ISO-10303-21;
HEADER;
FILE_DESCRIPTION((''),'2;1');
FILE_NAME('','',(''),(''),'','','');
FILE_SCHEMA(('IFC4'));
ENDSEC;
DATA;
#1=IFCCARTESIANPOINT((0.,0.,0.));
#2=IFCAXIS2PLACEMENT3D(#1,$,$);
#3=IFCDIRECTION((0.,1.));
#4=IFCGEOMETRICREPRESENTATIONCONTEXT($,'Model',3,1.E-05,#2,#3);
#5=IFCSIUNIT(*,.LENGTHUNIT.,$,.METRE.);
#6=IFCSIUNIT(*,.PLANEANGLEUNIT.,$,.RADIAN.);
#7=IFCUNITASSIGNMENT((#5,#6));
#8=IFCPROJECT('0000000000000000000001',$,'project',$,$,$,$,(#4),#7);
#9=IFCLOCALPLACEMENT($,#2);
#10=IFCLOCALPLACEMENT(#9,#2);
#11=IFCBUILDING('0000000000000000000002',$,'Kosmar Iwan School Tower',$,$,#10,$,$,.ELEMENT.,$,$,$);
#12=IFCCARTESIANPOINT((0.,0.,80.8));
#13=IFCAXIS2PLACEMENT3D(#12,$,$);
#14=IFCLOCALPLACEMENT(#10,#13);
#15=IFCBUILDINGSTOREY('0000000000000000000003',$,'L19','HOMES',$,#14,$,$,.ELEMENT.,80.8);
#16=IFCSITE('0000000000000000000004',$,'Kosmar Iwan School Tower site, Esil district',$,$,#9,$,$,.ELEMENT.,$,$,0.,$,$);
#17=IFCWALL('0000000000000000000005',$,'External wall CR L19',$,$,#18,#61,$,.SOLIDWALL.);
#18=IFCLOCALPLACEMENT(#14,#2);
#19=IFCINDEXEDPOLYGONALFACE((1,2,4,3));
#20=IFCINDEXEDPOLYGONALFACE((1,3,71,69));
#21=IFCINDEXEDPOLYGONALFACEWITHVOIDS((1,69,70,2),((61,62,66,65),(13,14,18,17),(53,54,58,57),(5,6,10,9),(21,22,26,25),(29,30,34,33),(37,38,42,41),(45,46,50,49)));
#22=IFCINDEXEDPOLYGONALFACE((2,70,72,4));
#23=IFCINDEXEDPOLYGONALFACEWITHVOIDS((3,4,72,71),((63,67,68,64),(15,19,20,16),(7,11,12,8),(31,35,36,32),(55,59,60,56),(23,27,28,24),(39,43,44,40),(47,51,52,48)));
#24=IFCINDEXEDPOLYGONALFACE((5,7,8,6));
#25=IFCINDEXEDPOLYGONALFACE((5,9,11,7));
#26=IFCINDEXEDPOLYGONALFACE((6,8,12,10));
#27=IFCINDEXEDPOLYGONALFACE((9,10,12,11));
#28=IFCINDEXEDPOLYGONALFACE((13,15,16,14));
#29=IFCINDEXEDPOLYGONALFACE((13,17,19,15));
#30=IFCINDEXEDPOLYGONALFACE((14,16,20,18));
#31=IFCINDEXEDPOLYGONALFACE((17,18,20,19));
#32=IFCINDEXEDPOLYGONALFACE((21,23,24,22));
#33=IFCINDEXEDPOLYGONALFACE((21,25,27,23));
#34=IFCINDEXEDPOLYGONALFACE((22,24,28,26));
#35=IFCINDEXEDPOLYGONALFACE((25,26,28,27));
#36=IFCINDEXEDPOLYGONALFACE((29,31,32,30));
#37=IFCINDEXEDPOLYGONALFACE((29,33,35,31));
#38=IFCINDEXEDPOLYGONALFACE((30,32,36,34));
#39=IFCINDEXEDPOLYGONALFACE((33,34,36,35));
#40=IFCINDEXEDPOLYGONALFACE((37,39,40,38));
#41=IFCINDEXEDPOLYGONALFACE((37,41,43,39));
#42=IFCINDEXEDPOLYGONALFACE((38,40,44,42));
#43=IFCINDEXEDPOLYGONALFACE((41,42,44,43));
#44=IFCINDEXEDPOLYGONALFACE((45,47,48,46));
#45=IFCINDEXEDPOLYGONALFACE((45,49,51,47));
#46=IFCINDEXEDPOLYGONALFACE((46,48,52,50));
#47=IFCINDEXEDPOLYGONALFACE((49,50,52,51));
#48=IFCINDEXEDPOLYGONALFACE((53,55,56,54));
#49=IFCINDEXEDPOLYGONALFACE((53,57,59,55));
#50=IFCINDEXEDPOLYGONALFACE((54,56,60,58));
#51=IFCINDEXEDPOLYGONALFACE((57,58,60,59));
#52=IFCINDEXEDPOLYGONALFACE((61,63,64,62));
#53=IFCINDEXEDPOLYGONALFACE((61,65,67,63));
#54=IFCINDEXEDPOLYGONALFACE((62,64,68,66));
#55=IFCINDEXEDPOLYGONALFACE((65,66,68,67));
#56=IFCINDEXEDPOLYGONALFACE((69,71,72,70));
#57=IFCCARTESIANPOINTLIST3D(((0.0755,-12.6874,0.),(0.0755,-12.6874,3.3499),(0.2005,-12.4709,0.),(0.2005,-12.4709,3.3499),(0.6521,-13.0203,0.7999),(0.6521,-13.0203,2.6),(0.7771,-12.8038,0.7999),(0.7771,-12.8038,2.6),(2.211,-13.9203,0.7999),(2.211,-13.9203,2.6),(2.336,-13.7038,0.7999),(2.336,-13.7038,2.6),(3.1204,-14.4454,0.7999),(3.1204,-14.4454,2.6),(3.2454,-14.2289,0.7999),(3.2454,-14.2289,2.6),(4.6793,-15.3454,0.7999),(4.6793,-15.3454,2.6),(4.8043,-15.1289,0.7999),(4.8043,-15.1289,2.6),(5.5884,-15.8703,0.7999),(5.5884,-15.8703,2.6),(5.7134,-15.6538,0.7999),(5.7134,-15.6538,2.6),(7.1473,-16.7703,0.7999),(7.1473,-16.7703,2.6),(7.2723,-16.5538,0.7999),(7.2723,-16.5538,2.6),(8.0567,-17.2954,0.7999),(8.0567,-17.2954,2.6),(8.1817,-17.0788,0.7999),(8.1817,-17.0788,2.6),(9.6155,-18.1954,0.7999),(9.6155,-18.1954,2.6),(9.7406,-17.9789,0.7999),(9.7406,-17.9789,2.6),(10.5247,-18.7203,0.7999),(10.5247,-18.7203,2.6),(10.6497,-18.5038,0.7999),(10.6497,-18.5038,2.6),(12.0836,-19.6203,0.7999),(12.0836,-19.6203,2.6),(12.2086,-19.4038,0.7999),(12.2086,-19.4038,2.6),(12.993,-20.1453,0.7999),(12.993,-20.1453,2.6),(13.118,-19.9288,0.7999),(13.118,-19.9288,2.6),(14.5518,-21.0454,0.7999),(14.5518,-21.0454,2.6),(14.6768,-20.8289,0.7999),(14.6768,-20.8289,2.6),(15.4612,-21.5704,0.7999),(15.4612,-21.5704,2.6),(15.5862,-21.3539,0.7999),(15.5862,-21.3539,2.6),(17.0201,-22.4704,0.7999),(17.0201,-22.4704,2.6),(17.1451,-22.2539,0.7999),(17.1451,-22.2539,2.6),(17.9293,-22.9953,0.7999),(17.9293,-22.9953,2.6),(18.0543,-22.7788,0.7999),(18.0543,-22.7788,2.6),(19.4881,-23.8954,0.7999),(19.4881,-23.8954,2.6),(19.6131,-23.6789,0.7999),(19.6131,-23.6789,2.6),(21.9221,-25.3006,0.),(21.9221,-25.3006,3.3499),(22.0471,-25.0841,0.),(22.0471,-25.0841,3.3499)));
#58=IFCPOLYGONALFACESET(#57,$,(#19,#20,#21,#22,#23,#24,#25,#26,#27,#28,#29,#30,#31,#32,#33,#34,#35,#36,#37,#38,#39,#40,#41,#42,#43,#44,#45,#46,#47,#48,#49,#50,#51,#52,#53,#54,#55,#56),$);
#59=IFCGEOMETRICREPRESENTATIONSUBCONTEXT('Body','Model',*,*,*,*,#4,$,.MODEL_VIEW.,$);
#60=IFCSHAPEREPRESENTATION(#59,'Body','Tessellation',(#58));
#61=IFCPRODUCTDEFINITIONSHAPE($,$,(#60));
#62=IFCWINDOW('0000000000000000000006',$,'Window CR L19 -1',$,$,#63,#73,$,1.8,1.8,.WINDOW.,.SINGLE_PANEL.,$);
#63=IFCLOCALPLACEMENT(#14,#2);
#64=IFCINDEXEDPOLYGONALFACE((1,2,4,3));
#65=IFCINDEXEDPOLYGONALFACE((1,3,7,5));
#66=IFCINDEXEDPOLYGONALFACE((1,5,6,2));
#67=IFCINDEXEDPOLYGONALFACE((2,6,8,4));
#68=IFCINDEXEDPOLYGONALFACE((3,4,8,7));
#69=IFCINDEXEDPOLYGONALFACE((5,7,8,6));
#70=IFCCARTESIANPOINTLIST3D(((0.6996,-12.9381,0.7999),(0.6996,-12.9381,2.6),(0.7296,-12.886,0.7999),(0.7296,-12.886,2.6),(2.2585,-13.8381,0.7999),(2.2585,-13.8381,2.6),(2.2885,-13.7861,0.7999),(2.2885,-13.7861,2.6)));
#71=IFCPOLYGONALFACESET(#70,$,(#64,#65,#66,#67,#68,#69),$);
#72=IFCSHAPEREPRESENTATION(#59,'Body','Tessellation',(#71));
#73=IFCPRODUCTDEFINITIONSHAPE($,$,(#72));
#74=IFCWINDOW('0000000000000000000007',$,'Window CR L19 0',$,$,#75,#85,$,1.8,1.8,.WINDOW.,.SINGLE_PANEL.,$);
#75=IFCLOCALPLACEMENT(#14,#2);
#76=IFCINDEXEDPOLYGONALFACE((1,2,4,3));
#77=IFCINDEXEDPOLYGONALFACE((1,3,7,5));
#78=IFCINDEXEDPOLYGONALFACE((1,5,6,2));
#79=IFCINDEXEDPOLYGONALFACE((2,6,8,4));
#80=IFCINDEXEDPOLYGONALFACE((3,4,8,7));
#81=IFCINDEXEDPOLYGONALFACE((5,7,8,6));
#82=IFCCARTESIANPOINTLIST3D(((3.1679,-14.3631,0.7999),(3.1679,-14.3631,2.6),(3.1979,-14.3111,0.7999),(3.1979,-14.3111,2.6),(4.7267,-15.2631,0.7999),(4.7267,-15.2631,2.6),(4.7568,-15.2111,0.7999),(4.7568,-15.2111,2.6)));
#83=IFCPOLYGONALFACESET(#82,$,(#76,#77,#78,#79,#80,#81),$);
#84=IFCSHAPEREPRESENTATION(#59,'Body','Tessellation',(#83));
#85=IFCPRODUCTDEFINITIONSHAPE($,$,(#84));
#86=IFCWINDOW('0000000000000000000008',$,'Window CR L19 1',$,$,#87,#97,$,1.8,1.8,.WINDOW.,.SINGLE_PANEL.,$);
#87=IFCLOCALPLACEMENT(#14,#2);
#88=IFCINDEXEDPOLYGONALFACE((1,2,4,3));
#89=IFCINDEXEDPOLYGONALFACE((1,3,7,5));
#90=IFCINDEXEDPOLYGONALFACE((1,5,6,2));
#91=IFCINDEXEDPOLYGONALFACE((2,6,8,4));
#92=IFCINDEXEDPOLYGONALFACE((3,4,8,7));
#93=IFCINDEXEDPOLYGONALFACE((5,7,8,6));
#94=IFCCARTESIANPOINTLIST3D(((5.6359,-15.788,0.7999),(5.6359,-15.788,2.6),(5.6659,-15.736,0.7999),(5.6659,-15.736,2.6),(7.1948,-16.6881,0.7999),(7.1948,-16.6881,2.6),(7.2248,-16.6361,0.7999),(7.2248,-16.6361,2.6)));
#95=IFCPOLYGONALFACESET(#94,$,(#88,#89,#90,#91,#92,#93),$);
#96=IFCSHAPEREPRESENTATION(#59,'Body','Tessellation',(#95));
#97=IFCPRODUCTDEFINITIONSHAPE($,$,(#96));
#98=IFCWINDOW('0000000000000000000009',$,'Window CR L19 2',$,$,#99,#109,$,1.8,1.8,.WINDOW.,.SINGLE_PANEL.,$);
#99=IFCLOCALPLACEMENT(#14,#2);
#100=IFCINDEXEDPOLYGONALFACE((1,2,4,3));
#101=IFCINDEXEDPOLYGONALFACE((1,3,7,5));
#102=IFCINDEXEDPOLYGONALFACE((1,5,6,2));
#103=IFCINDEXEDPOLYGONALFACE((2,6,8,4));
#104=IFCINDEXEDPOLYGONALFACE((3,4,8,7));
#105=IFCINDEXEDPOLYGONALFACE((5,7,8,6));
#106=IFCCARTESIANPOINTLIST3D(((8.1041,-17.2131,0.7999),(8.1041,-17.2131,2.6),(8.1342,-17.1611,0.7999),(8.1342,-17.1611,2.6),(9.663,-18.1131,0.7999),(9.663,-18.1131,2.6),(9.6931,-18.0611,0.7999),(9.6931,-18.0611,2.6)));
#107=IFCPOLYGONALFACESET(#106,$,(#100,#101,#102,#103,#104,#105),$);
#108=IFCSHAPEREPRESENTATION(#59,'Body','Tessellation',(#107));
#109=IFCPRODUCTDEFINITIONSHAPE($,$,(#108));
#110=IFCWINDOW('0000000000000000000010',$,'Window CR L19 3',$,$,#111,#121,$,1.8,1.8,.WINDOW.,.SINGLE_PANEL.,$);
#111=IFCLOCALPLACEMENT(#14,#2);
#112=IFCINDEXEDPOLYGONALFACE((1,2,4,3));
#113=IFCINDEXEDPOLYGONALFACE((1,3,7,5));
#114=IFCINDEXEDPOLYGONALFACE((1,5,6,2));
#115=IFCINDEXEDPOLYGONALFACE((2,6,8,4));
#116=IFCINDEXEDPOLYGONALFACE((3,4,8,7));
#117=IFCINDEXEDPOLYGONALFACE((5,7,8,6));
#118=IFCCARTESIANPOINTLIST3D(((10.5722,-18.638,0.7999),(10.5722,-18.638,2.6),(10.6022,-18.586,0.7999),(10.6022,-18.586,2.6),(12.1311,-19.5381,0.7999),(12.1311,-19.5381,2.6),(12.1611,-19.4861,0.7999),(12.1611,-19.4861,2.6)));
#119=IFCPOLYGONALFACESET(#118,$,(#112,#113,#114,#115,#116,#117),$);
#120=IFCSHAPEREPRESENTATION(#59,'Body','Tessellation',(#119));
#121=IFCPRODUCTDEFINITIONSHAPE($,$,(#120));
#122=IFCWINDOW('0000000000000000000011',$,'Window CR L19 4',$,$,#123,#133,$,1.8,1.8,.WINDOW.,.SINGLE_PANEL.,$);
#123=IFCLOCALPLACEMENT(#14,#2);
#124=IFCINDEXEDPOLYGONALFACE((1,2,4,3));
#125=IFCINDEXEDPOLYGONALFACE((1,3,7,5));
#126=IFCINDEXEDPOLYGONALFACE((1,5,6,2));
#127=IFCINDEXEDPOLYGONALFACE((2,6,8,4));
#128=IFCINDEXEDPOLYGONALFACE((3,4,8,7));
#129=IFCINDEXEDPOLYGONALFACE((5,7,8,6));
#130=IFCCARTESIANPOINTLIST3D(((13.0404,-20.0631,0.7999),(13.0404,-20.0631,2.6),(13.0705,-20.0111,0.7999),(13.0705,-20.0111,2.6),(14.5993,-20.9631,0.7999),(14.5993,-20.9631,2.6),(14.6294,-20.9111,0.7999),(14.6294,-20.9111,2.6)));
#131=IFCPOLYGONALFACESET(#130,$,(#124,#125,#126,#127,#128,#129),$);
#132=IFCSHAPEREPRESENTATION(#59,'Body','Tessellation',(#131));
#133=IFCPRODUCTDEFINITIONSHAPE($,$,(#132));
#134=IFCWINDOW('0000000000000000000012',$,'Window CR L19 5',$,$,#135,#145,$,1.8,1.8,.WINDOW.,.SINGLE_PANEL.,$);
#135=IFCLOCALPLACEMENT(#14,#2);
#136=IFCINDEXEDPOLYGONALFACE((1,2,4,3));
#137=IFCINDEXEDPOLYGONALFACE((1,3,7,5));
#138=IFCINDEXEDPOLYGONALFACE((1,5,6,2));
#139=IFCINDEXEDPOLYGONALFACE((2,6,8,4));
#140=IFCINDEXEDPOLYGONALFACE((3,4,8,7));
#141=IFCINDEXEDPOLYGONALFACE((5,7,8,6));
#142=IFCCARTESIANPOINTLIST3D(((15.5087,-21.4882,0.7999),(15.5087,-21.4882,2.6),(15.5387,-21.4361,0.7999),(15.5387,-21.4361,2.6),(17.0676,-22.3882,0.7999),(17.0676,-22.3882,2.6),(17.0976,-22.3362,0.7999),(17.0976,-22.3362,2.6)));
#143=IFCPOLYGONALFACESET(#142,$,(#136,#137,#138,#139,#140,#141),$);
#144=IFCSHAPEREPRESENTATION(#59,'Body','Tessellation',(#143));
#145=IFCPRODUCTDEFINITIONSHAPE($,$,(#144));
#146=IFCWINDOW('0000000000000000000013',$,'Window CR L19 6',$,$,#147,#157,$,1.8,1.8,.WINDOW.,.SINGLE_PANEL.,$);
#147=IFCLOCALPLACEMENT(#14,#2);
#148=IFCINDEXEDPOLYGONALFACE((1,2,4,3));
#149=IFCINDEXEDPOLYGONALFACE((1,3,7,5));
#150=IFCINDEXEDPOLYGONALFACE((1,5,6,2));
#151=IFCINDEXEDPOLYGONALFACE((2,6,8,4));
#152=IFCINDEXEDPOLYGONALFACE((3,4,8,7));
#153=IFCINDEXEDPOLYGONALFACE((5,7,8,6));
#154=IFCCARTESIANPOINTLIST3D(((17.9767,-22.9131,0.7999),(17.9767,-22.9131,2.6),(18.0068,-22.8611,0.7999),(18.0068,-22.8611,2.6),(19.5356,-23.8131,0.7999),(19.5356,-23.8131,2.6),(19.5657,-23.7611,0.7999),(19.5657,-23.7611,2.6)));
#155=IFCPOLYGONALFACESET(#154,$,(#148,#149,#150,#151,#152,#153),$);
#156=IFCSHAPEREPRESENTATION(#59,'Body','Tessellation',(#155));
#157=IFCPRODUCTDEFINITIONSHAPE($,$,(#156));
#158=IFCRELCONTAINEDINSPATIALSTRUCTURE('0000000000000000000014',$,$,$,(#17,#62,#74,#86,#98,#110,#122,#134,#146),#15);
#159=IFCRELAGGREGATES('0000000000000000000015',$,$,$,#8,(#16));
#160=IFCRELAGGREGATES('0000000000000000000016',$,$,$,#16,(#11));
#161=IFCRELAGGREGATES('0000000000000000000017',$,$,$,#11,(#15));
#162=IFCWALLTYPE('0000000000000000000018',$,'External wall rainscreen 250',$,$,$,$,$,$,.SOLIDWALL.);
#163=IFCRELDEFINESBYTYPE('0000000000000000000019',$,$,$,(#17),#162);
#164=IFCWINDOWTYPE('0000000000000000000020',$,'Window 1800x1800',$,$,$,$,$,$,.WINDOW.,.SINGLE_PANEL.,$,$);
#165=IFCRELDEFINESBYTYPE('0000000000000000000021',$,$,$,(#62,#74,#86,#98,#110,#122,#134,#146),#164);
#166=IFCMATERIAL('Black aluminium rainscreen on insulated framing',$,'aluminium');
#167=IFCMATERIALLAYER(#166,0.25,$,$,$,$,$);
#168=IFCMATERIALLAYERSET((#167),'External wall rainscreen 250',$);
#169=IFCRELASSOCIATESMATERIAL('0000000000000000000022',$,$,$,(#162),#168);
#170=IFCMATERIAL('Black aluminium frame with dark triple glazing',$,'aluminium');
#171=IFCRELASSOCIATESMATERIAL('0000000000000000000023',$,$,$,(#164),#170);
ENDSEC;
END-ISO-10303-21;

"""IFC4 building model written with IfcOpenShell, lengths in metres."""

from ifc_helpers import new_model, si_unit, direction, frame, frame_2d, origin, place, context, subcontext, project, spatial, rectangle, extrude, material, layer, layer_set, type_object, element, fill, save


model = new_model("IFC4")

# Units and contexts
model_context = context("Model", 3, precision=1e-05, world=origin(), true_north=direction((0.0, 1.0)))
body_context = subcontext(model_context, "Body", "Model", "MODEL_VIEW")
ifc_project = project(units=[si_unit("LENGTHUNIT", "METRE"), si_unit("PLANEANGLEUNIT", "RADIAN")], contexts=[model_context])

# Site, building, storey
site_placement = place(None, origin())
site = spatial("IfcSite", under=ifc_project, at=site_placement, Name="Kosmar Iwan School Tower site, Esil district", CompositionType="ELEMENT", RefElevation=0.0)
building_placement = place(site_placement, origin())
building = spatial("IfcBuilding", under=site, at=building_placement, Name="Kosmar Iwan School Tower", CompositionType="ELEMENT")
storey_placement = place(building_placement, frame((0.0, 0.0, 80.8)))
storey = spatial("IfcBuildingStorey", under=building, at=storey_placement, Name="L19", Description="HOMES", CompositionType="ELEMENT", Elevation=80.8)

# Wall, openings, windows
ifc_material_1 = material(Name="Black aluminium rainscreen on insulated framing", Category="aluminium")
ifc_layer_1 = layer(ifc_material_1, 0.25)
ifc_layer_set_1 = layer_set([ifc_layer_1], Name="External wall rainscreen 250")
wall_type_1 = type_object("IfcWallType", Name="External wall rainscreen 250", PredefinedType="SOLIDWALL", material=ifc_layer_set_1)
ifc_material_2 = material(Name="Black aluminium frame with dark triple glazing", Category="aluminium")
window_type = type_object("IfcWindowType", Name="Window 1800x1800", PartitioningType="SINGLE_PANEL", PredefinedType="WINDOW", material=ifc_material_2)
wall_1_placement = place(storey_placement, frame((0.1379, -12.5791, 0.0), z_axis=(0.0, 0.0, 1.0), x_axis=(0.866024, -0.500003, 0.0)))
wall_1 = element("IfcWall", 1, at=wall_1_placement, inside=storey, type_object=wall_type_1, Name="External wall CR L19", PredefinedType="SOLIDWALL", context=body_context, shape_type="SweptSolid", body=[
    extrude(rectangle(XDim=25.2263, YDim=0.25, at=frame_2d((12.6133, 0.0))), origin(), (0.0, 0.0, 1.0), 3.3499),
])
opening_1_placement = place(wall_1_placement, frame((0.666, 0.0, 0.8)))
opening_1 = element("IfcOpeningElement", 2, at=opening_1_placement, cuts=wall_1, PredefinedType="OPENING", context=body_context, shape_type="SweptSolid", body=[
    extrude(rectangle(XDim=1.8, YDim=1.8, at=frame_2d((0.8999, 0.8999))), frame((0.0, 0.137, 0.0), z_axis=(0.0, -1.0, 0.0), x_axis=(1.0, 0.0, 0.0)), (0.0, 0.0, 1.0), 0.2739),
])
opening_2_placement = place(wall_1_placement, frame((3.5161, 0.0, 0.8)))
opening_2 = element("IfcOpeningElement", 3, at=opening_2_placement, cuts=wall_1, PredefinedType="OPENING", context=body_context, shape_type="SweptSolid", body=[
    extrude(rectangle(XDim=1.8, YDim=1.8, at=frame_2d((0.8999, 0.8999))), frame((0.0, 0.137, 0.0), z_axis=(0.0, -1.0, 0.0), x_axis=(1.0, 0.0, 0.0)), (0.0, 0.0, 1.0), 0.2739),
])
opening_3_placement = place(wall_1_placement, frame((6.366, 0.0, 0.8)))
opening_3 = element("IfcOpeningElement", 4, at=opening_3_placement, cuts=wall_1, PredefinedType="OPENING", context=body_context, shape_type="SweptSolid", body=[
    extrude(rectangle(XDim=1.8, YDim=1.8, at=frame_2d((0.8999, 0.8999))), frame((0.0, 0.137, 0.0), z_axis=(0.0, -1.0, 0.0), x_axis=(1.0, 0.0, 0.0)), (0.0, 0.0, 1.0), 0.2739),
])
opening_4_placement = place(wall_1_placement, frame((9.2161, 0.0, 0.8)))
opening_4 = element("IfcOpeningElement", 5, at=opening_4_placement, cuts=wall_1, PredefinedType="OPENING", context=body_context, shape_type="SweptSolid", body=[
    extrude(rectangle(XDim=1.8, YDim=1.8, at=frame_2d((0.8999, 0.8999))), frame((0.0, 0.137, 0.0), z_axis=(0.0, -1.0, 0.0), x_axis=(1.0, 0.0, 0.0)), (0.0, 0.0, 1.0), 0.2739),
])
opening_5_placement = place(wall_1_placement, frame((12.0659, 0.0, 0.8)))
opening_5 = element("IfcOpeningElement", 6, at=opening_5_placement, cuts=wall_1, PredefinedType="OPENING", context=body_context, shape_type="SweptSolid", body=[
    extrude(rectangle(XDim=1.8, YDim=1.8, at=frame_2d((0.8999, 0.8999))), frame((0.0, 0.137, 0.0), z_axis=(0.0, -1.0, 0.0), x_axis=(1.0, 0.0, 0.0)), (0.0, 0.0, 1.0), 0.2739),
])
opening_6_placement = place(wall_1_placement, frame((14.916, 0.0, 0.8)))
opening_6 = element("IfcOpeningElement", 7, at=opening_6_placement, cuts=wall_1, PredefinedType="OPENING", context=body_context, shape_type="SweptSolid", body=[
    extrude(rectangle(XDim=1.8, YDim=1.8, at=frame_2d((0.8999, 0.8999))), frame((0.0, 0.137, 0.0), z_axis=(0.0, -1.0, 0.0), x_axis=(1.0, 0.0, 0.0)), (0.0, 0.0, 1.0), 0.2739),
])
opening_7_placement = place(wall_1_placement, frame((17.7661, 0.0, 0.8)))
opening_7 = element("IfcOpeningElement", 8, at=opening_7_placement, cuts=wall_1, PredefinedType="OPENING", context=body_context, shape_type="SweptSolid", body=[
    extrude(rectangle(XDim=1.8, YDim=1.8, at=frame_2d((0.8999, 0.8999))), frame((0.0, 0.137, 0.0), z_axis=(0.0, -1.0, 0.0), x_axis=(1.0, 0.0, 0.0)), (0.0, 0.0, 1.0), 0.2739),
])
opening_8_placement = place(wall_1_placement, frame((20.616, 0.0, 0.8)))
opening_8 = element("IfcOpeningElement", 9, at=opening_8_placement, cuts=wall_1, PredefinedType="OPENING", context=body_context, shape_type="SweptSolid", body=[
    extrude(rectangle(XDim=1.8, YDim=1.8, at=frame_2d((0.8999, 0.8999))), frame((0.0, 0.137, 0.0), z_axis=(0.0, -1.0, 0.0), x_axis=(1.0, 0.0, 0.0)), (0.0, 0.0, 1.0), 0.2739),
])
window_1_placement = place(opening_1_placement, origin())
window_1 = element("IfcWindow", 10, at=window_1_placement, inside=storey, type_object=window_type, Name="Window CR L19 -1", OverallHeight=1.8, OverallWidth=1.8, PartitioningType="SINGLE_PANEL", PredefinedType="WINDOW", context=body_context, shape_type="SweptSolid", body=[
    extrude(rectangle(XDim=1.8, YDim=1.8, at=frame_2d((0.8999, 0.8999))), frame((0.0, 0.03, 0.0), z_axis=(0.0, -1.0, 0.0), x_axis=(1.0, 0.0, 0.0)), (0.0, 0.0, 1.0), 0.0601),
])
fill(opening_1, window_1)
window_2_placement = place(opening_2_placement, origin())
window_2 = element("IfcWindow", 11, at=window_2_placement, inside=storey, type_object=window_type, Name="Window CR L19 0", OverallHeight=1.8, OverallWidth=1.8, PartitioningType="SINGLE_PANEL", PredefinedType="WINDOW", context=body_context, shape_type="SweptSolid", body=[
    extrude(rectangle(XDim=1.8, YDim=1.8, at=frame_2d((0.8999, 0.8999))), frame((0.0, 0.03, 0.0), z_axis=(0.0, -1.0, 0.0), x_axis=(1.0, 0.0, 0.0)), (0.0, 0.0, 1.0), 0.0601),
])
fill(opening_2, window_2)
window_3_placement = place(opening_3_placement, origin())
window_3 = element("IfcWindow", 12, at=window_3_placement, inside=storey, type_object=window_type, Name="Window CR L19 1", OverallHeight=1.8, OverallWidth=1.8, PartitioningType="SINGLE_PANEL", PredefinedType="WINDOW", context=body_context, shape_type="SweptSolid", body=[
    extrude(rectangle(XDim=1.8, YDim=1.8, at=frame_2d((0.8999, 0.8999))), frame((0.0, 0.03, 0.0), z_axis=(0.0, -1.0, 0.0), x_axis=(1.0, 0.0, 0.0)), (0.0, 0.0, 1.0), 0.0601),
])
fill(opening_3, window_3)
window_4_placement = place(opening_4_placement, origin())
window_4 = element("IfcWindow", 13, at=window_4_placement, inside=storey, type_object=window_type, Name="Window CR L19 2", OverallHeight=1.8, OverallWidth=1.8, PartitioningType="SINGLE_PANEL", PredefinedType="WINDOW", context=body_context, shape_type="SweptSolid", body=[
    extrude(rectangle(XDim=1.8, YDim=1.8, at=frame_2d((0.8999, 0.8999))), frame((0.0, 0.03, 0.0), z_axis=(0.0, -1.0, 0.0), x_axis=(1.0, 0.0, 0.0)), (0.0, 0.0, 1.0), 0.0601),
])
fill(opening_4, window_4)
window_5_placement = place(opening_5_placement, origin())
window_5 = element("IfcWindow", 14, at=window_5_placement, inside=storey, type_object=window_type, Name="Window CR L19 3", OverallHeight=1.8, OverallWidth=1.8, PartitioningType="SINGLE_PANEL", PredefinedType="WINDOW", context=body_context, shape_type="SweptSolid", body=[
    extrude(rectangle(XDim=1.8, YDim=1.8, at=frame_2d((0.8999, 0.8999))), frame((0.0, 0.03, 0.0), z_axis=(0.0, -1.0, 0.0), x_axis=(1.0, 0.0, 0.0)), (0.0, 0.0, 1.0), 0.0601),
])
fill(opening_5, window_5)
window_6_placement = place(opening_6_placement, origin())
window_6 = element("IfcWindow", 15, at=window_6_placement, inside=storey, type_object=window_type, Name="Window CR L19 4", OverallHeight=1.8, OverallWidth=1.8, PartitioningType="SINGLE_PANEL", PredefinedType="WINDOW", context=body_context, shape_type="SweptSolid", body=[
    extrude(rectangle(XDim=1.8, YDim=1.8, at=frame_2d((0.8999, 0.8999))), frame((0.0, 0.03, 0.0), z_axis=(0.0, -1.0, 0.0), x_axis=(1.0, 0.0, 0.0)), (0.0, 0.0, 1.0), 0.0601),
])
fill(opening_6, window_6)
window_7_placement = place(opening_7_placement, origin())
window_7 = element("IfcWindow", 16, at=window_7_placement, inside=storey, type_object=window_type, Name="Window CR L19 5", OverallHeight=1.8, OverallWidth=1.8, PartitioningType="SINGLE_PANEL", PredefinedType="WINDOW", context=body_context, shape_type="SweptSolid", body=[
    extrude(rectangle(XDim=1.8, YDim=1.8, at=frame_2d((0.8999, 0.8999))), frame((0.0, 0.03, 0.0), z_axis=(0.0, -1.0, 0.0), x_axis=(1.0, 0.0, 0.0)), (0.0, 0.0, 1.0), 0.0601),
])
fill(opening_7, window_7)
window_8_placement = place(opening_8_placement, origin())
window_8 = element("IfcWindow", 17, at=window_8_placement, inside=storey, type_object=window_type, Name="Window CR L19 6", OverallHeight=1.8, OverallWidth=1.8, PartitioningType="SINGLE_PANEL", PredefinedType="WINDOW", context=body_context, shape_type="SweptSolid", body=[
    extrude(rectangle(XDim=1.8, YDim=1.8, at=frame_2d((0.8999, 0.8999))), frame((0.0, 0.03, 0.0), z_axis=(0.0, -1.0, 0.0), x_axis=(1.0, 0.0, 0.0)), (0.0, 0.0, 1.0), 0.0601),
])
fill(opening_8, window_8)

save(model, "model.ifc")
